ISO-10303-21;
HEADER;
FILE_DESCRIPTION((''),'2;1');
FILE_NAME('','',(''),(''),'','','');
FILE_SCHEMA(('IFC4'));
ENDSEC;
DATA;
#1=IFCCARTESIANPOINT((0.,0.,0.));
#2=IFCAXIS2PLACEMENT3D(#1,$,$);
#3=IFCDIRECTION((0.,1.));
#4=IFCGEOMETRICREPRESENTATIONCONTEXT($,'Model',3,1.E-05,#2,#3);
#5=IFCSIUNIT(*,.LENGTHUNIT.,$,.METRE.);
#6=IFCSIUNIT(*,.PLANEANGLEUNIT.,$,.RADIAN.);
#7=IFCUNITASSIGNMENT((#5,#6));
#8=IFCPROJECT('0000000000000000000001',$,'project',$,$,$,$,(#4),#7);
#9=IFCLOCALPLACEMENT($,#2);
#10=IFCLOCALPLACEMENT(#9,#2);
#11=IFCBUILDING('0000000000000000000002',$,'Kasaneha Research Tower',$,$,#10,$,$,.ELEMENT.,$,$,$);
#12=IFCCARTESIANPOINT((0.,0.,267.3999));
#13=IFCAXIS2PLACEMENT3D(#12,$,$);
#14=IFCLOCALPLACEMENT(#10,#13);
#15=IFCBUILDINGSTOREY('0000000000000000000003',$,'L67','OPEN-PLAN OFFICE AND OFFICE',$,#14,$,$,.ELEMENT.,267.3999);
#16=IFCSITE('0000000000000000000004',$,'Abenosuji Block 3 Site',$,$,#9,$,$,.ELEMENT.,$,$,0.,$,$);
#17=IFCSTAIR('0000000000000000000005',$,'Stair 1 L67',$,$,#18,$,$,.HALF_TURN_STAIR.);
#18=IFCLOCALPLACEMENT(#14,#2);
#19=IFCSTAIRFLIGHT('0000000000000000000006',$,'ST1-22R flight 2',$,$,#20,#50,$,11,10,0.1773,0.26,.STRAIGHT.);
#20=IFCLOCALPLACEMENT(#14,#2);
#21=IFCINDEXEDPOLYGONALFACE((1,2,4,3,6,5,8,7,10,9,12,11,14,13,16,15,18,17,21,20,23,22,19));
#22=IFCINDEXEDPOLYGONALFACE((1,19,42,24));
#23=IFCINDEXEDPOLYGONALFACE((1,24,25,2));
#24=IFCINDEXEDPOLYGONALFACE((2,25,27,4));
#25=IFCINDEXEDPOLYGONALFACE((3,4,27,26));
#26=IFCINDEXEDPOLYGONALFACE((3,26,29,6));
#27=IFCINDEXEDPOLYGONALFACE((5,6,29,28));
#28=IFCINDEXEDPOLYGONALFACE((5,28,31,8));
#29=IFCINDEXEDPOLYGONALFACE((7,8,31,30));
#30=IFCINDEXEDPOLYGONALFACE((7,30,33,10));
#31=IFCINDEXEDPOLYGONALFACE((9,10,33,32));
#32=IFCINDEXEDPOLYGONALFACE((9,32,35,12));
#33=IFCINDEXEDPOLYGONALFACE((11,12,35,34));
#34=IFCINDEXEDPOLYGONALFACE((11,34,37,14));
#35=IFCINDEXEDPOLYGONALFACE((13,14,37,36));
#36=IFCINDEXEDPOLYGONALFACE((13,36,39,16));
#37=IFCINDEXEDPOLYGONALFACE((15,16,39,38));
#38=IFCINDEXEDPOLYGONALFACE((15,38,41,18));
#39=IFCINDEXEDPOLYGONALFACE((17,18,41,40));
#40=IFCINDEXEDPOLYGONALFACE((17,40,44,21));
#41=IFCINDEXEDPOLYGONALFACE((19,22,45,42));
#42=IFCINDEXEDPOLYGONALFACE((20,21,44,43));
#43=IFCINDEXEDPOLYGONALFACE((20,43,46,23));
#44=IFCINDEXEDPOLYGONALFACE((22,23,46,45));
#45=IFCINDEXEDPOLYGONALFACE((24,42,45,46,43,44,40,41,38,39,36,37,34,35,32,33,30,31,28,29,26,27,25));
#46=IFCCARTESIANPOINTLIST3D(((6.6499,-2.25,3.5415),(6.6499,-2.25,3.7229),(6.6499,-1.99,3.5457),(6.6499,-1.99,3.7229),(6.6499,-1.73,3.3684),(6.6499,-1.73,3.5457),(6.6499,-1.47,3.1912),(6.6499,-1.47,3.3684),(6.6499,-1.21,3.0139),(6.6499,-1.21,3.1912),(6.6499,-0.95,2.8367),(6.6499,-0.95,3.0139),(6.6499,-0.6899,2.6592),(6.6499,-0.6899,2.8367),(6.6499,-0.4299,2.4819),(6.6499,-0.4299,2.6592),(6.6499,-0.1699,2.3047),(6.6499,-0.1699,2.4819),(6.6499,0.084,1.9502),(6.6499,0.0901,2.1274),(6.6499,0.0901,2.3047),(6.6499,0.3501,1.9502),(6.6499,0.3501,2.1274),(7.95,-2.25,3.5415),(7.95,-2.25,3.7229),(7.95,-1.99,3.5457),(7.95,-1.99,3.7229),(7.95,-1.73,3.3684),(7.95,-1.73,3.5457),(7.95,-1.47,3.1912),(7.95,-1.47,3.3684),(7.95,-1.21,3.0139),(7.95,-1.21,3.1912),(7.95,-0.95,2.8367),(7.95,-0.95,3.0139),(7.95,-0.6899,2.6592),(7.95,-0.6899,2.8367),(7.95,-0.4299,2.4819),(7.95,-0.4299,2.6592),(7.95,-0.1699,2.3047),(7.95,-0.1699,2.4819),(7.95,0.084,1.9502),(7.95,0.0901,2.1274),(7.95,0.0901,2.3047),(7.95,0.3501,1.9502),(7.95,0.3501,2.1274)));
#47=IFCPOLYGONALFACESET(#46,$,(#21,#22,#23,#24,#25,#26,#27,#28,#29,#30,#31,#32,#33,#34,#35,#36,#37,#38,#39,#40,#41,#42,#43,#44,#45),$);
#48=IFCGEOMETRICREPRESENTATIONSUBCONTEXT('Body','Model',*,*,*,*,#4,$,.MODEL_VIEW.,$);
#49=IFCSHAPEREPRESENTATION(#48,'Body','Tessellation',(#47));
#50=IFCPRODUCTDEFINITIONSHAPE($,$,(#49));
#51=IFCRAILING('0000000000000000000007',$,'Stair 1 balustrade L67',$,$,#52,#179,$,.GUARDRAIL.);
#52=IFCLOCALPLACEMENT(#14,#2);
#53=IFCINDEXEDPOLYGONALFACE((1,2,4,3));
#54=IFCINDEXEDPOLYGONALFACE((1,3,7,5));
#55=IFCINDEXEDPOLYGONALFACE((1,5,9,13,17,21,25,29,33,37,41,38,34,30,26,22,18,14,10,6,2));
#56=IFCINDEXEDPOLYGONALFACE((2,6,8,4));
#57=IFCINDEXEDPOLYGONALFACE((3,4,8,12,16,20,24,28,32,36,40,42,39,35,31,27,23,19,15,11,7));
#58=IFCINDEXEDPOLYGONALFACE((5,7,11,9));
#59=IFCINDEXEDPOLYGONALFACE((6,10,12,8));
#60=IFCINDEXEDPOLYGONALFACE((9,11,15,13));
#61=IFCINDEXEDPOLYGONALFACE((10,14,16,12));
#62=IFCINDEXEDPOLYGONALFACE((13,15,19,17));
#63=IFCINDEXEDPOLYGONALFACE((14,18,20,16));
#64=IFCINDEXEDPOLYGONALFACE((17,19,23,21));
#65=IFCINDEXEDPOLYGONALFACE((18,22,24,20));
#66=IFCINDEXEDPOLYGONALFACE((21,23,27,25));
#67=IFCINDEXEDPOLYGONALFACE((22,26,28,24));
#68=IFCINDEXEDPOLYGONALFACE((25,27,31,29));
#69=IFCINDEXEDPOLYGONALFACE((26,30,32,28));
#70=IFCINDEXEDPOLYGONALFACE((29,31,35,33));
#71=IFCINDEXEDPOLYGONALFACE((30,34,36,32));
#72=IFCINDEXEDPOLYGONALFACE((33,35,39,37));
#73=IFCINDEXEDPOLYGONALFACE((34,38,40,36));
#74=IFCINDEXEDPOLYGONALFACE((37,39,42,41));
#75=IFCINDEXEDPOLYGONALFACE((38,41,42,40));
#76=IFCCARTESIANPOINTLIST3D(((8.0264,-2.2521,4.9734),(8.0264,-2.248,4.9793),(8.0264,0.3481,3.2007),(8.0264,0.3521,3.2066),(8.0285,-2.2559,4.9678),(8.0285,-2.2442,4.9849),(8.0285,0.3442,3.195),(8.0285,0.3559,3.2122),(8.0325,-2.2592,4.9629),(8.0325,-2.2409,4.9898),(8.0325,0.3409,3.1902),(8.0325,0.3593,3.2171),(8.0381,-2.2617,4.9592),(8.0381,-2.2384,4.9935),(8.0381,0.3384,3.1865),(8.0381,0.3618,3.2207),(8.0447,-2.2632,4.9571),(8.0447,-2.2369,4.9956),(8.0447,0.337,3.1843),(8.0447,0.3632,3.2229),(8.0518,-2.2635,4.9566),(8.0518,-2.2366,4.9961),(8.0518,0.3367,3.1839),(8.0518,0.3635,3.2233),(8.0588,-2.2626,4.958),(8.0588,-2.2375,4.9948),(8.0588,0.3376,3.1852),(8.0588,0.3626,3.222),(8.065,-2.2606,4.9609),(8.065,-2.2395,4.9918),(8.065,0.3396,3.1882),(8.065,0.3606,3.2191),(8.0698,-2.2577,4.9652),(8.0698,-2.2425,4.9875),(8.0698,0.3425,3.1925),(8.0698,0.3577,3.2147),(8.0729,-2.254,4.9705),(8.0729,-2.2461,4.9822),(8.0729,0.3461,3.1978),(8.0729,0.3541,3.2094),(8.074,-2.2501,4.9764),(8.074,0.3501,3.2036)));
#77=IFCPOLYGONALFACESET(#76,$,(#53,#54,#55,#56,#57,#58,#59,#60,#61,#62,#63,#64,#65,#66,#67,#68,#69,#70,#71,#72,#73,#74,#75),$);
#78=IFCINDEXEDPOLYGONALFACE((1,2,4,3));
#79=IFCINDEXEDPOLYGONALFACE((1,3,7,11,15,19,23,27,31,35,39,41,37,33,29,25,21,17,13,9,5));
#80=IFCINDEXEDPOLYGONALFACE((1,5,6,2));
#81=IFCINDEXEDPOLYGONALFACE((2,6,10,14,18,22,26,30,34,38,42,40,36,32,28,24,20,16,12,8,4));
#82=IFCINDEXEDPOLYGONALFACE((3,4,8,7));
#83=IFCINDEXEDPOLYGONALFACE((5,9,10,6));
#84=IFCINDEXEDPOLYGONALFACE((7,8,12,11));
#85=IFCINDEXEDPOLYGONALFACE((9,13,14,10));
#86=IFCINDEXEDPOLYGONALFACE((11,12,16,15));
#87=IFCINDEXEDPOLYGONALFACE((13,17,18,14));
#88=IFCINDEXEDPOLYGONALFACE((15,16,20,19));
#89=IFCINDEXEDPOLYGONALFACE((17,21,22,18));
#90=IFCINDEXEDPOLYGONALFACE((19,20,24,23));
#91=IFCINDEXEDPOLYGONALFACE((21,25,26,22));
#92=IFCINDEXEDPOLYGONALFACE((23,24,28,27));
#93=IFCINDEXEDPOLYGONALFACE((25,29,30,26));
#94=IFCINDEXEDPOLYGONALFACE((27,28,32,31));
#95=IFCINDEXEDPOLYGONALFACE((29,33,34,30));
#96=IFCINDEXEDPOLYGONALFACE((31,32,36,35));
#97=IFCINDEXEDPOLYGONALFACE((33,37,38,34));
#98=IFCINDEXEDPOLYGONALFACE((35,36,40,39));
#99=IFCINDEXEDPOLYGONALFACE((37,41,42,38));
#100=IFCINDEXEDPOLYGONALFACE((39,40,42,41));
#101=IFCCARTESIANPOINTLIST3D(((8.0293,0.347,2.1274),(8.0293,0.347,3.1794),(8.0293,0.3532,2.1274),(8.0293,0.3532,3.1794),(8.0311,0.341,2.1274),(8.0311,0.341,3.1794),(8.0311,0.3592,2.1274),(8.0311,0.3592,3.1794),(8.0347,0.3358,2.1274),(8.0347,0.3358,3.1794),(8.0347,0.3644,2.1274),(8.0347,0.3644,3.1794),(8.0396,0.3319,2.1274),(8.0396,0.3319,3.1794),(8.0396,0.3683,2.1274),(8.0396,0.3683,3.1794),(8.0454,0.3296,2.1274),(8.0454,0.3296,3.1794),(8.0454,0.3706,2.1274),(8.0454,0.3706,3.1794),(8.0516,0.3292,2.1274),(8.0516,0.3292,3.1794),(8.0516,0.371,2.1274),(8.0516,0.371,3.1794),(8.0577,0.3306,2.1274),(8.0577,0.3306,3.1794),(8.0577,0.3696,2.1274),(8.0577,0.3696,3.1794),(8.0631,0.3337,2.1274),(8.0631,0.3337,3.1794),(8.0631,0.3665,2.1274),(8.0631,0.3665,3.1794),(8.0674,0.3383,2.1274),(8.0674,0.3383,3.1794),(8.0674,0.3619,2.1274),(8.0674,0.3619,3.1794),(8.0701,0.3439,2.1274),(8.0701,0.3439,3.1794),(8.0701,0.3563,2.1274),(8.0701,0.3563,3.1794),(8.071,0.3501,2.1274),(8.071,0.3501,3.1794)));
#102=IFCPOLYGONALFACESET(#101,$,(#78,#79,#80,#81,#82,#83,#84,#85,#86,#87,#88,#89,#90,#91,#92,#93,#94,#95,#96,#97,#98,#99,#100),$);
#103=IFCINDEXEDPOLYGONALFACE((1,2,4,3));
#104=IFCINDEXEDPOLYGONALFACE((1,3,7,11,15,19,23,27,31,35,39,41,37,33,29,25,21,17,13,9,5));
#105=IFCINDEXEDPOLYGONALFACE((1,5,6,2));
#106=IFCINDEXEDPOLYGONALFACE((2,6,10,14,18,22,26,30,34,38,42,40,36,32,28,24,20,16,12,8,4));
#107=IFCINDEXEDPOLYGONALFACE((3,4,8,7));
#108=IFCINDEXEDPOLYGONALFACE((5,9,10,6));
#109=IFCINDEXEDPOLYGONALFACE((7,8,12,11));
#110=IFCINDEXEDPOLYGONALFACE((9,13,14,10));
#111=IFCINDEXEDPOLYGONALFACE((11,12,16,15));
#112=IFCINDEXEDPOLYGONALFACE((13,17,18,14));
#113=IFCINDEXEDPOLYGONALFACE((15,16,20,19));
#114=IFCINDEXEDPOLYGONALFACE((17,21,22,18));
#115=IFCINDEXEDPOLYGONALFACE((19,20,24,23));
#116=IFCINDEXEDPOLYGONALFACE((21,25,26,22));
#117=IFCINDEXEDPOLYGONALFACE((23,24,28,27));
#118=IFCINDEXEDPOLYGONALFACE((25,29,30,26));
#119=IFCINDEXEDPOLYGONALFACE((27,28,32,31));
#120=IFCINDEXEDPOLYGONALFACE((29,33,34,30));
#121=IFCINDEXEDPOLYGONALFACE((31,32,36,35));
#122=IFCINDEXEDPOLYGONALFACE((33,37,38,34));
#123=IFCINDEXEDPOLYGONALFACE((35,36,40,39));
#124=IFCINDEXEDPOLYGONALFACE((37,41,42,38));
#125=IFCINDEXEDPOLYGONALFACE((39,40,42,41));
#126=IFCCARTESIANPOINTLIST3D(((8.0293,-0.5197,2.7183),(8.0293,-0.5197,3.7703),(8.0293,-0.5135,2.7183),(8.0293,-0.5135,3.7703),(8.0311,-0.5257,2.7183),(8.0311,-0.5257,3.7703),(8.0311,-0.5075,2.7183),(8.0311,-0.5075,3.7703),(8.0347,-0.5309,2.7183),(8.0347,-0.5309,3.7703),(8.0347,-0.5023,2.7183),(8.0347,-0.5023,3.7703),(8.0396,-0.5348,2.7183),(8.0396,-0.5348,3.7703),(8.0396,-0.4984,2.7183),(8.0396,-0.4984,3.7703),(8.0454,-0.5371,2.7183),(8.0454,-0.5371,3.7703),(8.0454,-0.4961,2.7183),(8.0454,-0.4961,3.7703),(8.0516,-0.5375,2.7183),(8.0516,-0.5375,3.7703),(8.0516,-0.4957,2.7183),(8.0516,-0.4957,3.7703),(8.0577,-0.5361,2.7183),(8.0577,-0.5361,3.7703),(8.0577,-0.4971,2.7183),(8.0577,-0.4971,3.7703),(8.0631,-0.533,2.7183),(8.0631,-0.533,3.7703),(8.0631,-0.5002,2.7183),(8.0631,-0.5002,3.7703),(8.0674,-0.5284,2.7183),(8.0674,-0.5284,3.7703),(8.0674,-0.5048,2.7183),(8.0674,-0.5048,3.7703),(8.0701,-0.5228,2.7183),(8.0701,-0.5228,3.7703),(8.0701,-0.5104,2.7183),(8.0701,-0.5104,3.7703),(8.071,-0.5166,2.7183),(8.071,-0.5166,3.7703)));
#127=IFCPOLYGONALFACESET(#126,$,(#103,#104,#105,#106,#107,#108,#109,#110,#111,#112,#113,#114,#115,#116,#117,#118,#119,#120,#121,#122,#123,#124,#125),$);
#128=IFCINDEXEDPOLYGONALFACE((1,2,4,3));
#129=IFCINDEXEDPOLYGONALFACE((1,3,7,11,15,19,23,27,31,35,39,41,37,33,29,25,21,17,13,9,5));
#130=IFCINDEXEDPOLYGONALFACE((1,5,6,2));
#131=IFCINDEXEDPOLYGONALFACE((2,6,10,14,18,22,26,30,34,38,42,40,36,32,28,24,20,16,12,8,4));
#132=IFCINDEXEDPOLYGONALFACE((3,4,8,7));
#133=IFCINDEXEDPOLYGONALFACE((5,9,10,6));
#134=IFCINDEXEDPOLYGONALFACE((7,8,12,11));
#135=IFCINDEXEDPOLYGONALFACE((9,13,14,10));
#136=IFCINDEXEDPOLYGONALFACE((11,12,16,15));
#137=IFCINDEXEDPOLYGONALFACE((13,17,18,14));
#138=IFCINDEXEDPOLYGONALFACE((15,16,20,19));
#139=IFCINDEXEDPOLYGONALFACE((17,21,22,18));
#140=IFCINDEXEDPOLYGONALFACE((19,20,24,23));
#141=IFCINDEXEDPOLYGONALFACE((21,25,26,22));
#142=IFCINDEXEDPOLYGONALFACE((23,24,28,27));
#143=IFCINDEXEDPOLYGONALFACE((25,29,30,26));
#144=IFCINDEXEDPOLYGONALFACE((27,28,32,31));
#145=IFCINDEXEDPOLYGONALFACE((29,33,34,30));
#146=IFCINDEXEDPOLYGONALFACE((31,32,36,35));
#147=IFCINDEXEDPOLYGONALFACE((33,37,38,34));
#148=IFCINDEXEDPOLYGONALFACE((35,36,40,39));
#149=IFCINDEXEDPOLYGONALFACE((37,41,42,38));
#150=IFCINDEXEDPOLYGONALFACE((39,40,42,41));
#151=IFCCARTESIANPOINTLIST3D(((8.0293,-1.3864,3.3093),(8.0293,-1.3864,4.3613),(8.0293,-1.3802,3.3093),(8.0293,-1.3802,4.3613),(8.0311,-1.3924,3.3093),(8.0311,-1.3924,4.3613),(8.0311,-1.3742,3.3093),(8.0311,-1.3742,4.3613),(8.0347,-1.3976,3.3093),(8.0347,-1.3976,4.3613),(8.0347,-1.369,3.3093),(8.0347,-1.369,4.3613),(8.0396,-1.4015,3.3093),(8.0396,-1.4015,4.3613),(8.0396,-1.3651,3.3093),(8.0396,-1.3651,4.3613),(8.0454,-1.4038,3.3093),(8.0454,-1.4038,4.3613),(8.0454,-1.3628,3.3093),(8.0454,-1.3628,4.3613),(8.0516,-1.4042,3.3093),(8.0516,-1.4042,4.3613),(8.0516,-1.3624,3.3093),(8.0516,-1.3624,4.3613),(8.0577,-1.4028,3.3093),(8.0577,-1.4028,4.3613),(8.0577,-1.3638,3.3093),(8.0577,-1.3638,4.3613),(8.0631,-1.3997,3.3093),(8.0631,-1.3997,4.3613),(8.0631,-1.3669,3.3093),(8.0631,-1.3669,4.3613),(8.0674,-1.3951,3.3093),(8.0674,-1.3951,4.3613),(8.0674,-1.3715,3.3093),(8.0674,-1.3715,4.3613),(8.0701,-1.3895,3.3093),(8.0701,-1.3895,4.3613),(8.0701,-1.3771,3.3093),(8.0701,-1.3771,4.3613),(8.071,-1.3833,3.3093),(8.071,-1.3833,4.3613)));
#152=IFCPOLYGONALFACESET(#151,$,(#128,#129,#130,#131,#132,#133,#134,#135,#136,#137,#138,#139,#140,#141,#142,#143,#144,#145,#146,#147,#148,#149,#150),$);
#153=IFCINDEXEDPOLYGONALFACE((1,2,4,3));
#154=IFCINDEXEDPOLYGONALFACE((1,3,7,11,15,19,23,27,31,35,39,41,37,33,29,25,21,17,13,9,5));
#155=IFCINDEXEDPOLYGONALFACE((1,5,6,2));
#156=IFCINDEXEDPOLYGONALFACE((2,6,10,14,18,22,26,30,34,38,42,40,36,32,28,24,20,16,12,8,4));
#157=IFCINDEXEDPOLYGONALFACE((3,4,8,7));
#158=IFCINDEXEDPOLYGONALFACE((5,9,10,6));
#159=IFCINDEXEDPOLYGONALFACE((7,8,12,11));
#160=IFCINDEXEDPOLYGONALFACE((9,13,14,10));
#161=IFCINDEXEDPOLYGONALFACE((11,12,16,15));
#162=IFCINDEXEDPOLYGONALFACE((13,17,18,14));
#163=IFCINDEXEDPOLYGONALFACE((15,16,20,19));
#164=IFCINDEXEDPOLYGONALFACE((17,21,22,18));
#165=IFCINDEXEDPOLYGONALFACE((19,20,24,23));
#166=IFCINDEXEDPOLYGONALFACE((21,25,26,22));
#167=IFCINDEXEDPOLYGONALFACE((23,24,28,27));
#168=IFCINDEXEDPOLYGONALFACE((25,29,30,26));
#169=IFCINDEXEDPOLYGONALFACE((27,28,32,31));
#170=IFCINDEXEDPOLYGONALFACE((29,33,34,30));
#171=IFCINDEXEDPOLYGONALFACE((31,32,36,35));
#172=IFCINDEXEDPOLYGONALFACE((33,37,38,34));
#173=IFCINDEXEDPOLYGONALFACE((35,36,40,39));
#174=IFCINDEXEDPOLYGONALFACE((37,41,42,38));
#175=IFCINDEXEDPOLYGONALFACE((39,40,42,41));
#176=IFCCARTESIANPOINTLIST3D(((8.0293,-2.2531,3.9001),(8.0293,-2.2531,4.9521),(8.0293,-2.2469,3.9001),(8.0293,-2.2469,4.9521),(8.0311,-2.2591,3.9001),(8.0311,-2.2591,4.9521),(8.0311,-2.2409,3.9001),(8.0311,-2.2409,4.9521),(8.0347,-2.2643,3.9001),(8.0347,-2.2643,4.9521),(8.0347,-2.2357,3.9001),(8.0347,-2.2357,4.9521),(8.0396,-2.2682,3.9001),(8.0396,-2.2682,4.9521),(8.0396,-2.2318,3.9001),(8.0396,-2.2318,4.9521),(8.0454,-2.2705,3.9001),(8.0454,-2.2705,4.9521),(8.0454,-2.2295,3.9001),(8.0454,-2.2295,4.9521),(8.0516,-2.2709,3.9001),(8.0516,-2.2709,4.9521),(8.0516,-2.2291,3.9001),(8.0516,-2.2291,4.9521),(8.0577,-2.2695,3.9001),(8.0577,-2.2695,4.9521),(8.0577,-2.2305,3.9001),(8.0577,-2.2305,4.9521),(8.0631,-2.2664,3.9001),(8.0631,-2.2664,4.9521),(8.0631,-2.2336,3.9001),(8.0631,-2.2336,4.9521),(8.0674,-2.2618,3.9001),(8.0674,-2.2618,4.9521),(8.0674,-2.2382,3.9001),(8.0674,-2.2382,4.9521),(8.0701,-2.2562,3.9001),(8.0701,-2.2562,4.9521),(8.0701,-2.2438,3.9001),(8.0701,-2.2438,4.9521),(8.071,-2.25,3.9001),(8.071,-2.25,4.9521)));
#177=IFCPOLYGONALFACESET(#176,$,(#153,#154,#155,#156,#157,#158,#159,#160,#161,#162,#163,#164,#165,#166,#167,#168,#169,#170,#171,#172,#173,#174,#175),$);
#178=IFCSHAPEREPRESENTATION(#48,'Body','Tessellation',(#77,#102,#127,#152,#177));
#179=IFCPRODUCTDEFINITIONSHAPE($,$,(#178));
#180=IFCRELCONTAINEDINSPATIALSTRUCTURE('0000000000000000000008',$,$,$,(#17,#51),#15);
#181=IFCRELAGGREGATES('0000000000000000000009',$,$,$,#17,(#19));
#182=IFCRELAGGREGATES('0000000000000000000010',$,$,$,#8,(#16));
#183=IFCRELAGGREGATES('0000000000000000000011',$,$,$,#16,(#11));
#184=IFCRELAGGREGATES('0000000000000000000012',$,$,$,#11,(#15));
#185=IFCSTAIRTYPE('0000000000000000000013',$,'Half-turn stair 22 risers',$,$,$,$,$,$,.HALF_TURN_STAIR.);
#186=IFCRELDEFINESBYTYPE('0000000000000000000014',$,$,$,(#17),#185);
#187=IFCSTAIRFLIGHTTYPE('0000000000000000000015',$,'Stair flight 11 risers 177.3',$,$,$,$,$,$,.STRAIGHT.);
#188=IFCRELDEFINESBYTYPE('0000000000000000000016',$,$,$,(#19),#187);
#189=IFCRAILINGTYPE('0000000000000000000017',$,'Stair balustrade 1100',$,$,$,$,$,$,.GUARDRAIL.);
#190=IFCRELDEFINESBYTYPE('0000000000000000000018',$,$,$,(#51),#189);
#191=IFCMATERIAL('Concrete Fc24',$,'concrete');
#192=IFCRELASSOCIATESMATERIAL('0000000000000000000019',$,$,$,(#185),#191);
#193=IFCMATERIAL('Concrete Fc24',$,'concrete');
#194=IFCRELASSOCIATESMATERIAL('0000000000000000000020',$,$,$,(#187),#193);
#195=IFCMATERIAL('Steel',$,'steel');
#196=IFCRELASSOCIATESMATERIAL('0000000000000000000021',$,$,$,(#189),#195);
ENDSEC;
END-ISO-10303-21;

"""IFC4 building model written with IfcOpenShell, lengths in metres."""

from ifc_helpers import new_model, si_unit, direction, frame, origin, origin_2d, place, context, subcontext, project, spatial, polyline, circle, outline, extrude, material, type_object, element, aggregate, save


model = new_model("IFC4")

# Units and contexts
model_context = context("Model", 3, precision=1e-05, world=origin(), true_north=direction((0.0, 1.0)))
body_context = subcontext(model_context, "Body", "Model", "MODEL_VIEW")
ifc_project = project(units=[si_unit("LENGTHUNIT", "METRE"), si_unit("PLANEANGLEUNIT", "RADIAN")], contexts=[model_context])

# Site, building, storey
site_placement = place(None, origin())
site = spatial("IfcSite", under=ifc_project, at=site_placement, Name="Abenosuji Block 3 Site", CompositionType="ELEMENT", RefElevation=0.0)
building_placement = place(site_placement, origin())
building = spatial("IfcBuilding", under=site, at=building_placement, Name="Kasaneha Research Tower", CompositionType="ELEMENT")
storey_placement = place(building_placement, frame((0.0, 0.0, 267.3999)))
storey = spatial("IfcBuildingStorey", under=building, at=storey_placement, Name="L67", Description="OPEN-PLAN OFFICE AND OFFICE", CompositionType="ELEMENT", Elevation=267.3999)

# Stair
ifc_material_1 = material(Name="Concrete Fc24", Category="concrete")
stair_type = type_object("IfcStairType", Name="Half-turn stair 22 risers", PredefinedType="HALF_TURN_STAIR", material=ifc_material_1)
stair_1_placement = place(storey_placement, origin())
stair_1 = element("IfcStair", 1, at=stair_1_placement, inside=storey, type_object=stair_type, Name="Stair 1 L67", PredefinedType="HALF_TURN_STAIR")

# Stair flight
ifc_material_2 = material(Name="Concrete Fc24", Category="concrete")
stair_flight_type = type_object("IfcStairFlightType", Name="Stair flight 11 risers 177.3", PredefinedType="STRAIGHT", material=ifc_material_2)
stair_flight_placement = place(storey_placement, frame((7.3, 0.3501, 1.9502), z_axis=(0.0, 0.0, 1.0), x_axis=(0.0, -1.0, 0.0)))
stair_flight = element("IfcStairFlight", 2, at=stair_flight_placement, type_object=stair_flight_type, Name="ST1-22R flight 2", NumberOfRisers=11, NumberOfTreads=10, PredefinedType="STRAIGHT", RiserHeight=0.1773, TreadLength=0.26, context=body_context, shape_type="SweptSolid", body=[
    extrude(outline(polyline([(0.0, 0.0), (0.0, 0.1772), (0.26, 0.1772), (0.26, 0.3545), (0.52, 0.3545), (0.52, 0.5317), (0.78, 0.5317), (0.78, 0.709), (1.04, 0.709), (1.04, 0.8865), (1.3, 0.8865), (1.3, 1.0637), (1.5601, 1.0637), (1.5601, 1.241), (1.8201, 1.241), (1.8201, 1.4182), (2.0801, 1.4182), (2.0801, 1.5955), (2.3401, 1.5955), (2.3401, 1.7727), (2.6001, 1.7727), (2.6001, 1.95), (2.6001, 1.5913), (0.2661, 0.0), (0.0, 0.0)])), frame((0.0, 0.6499, 0.0), z_axis=(0.0, -1.0, 0.0), x_axis=(1.0, 0.0, 0.0)), (0.0, 0.0, 1.0), 1.3),
])
aggregate(stair_1, [stair_flight])

# Railing
ifc_material_3 = material(Name="Steel", Category="steel")
railing_type_1 = type_object("IfcRailingType", Name="Stair balustrade 1100", PredefinedType="GUARDRAIL", material=ifc_material_3)
railing_1_placement = place(storey_placement, frame((8.05, 0.3501, 2.1274)))
element("IfcRailing", 3, at=railing_1_placement, inside=storey, type_object=railing_type_1, Name="Stair 1 balustrade L67", PredefinedType="GUARDRAIL", context=body_context, shape_type="SweptSolid", body=[
    extrude(circle(Radius=0.0239, at=origin_2d()), frame((0.0, 0.0, 1.0762), z_axis=(0.0, -0.82624, 0.563318), x_axis=(1.0, 0.0, 0.0)), (0.0, 0.0, 1.0), 3.147),
    extrude(circle(Radius=0.021, at=origin_2d()), origin(), (0.0, 0.0, 1.0), 1.052),
    extrude(circle(Radius=0.021, at=origin_2d()), frame((0.0, -0.8667, 0.5908)), (0.0, 0.0, 1.0), 1.052),
    extrude(circle(Radius=0.021, at=origin_2d()), frame((0.0, -1.7334, 1.1819)), (0.0, 0.0, 1.0), 1.052),
    extrude(circle(Radius=0.021, at=origin_2d()), frame((0.0, -2.6001, 1.7727)), (0.0, 0.0, 1.0), 1.052),
])

save(model, "model.ifc")
